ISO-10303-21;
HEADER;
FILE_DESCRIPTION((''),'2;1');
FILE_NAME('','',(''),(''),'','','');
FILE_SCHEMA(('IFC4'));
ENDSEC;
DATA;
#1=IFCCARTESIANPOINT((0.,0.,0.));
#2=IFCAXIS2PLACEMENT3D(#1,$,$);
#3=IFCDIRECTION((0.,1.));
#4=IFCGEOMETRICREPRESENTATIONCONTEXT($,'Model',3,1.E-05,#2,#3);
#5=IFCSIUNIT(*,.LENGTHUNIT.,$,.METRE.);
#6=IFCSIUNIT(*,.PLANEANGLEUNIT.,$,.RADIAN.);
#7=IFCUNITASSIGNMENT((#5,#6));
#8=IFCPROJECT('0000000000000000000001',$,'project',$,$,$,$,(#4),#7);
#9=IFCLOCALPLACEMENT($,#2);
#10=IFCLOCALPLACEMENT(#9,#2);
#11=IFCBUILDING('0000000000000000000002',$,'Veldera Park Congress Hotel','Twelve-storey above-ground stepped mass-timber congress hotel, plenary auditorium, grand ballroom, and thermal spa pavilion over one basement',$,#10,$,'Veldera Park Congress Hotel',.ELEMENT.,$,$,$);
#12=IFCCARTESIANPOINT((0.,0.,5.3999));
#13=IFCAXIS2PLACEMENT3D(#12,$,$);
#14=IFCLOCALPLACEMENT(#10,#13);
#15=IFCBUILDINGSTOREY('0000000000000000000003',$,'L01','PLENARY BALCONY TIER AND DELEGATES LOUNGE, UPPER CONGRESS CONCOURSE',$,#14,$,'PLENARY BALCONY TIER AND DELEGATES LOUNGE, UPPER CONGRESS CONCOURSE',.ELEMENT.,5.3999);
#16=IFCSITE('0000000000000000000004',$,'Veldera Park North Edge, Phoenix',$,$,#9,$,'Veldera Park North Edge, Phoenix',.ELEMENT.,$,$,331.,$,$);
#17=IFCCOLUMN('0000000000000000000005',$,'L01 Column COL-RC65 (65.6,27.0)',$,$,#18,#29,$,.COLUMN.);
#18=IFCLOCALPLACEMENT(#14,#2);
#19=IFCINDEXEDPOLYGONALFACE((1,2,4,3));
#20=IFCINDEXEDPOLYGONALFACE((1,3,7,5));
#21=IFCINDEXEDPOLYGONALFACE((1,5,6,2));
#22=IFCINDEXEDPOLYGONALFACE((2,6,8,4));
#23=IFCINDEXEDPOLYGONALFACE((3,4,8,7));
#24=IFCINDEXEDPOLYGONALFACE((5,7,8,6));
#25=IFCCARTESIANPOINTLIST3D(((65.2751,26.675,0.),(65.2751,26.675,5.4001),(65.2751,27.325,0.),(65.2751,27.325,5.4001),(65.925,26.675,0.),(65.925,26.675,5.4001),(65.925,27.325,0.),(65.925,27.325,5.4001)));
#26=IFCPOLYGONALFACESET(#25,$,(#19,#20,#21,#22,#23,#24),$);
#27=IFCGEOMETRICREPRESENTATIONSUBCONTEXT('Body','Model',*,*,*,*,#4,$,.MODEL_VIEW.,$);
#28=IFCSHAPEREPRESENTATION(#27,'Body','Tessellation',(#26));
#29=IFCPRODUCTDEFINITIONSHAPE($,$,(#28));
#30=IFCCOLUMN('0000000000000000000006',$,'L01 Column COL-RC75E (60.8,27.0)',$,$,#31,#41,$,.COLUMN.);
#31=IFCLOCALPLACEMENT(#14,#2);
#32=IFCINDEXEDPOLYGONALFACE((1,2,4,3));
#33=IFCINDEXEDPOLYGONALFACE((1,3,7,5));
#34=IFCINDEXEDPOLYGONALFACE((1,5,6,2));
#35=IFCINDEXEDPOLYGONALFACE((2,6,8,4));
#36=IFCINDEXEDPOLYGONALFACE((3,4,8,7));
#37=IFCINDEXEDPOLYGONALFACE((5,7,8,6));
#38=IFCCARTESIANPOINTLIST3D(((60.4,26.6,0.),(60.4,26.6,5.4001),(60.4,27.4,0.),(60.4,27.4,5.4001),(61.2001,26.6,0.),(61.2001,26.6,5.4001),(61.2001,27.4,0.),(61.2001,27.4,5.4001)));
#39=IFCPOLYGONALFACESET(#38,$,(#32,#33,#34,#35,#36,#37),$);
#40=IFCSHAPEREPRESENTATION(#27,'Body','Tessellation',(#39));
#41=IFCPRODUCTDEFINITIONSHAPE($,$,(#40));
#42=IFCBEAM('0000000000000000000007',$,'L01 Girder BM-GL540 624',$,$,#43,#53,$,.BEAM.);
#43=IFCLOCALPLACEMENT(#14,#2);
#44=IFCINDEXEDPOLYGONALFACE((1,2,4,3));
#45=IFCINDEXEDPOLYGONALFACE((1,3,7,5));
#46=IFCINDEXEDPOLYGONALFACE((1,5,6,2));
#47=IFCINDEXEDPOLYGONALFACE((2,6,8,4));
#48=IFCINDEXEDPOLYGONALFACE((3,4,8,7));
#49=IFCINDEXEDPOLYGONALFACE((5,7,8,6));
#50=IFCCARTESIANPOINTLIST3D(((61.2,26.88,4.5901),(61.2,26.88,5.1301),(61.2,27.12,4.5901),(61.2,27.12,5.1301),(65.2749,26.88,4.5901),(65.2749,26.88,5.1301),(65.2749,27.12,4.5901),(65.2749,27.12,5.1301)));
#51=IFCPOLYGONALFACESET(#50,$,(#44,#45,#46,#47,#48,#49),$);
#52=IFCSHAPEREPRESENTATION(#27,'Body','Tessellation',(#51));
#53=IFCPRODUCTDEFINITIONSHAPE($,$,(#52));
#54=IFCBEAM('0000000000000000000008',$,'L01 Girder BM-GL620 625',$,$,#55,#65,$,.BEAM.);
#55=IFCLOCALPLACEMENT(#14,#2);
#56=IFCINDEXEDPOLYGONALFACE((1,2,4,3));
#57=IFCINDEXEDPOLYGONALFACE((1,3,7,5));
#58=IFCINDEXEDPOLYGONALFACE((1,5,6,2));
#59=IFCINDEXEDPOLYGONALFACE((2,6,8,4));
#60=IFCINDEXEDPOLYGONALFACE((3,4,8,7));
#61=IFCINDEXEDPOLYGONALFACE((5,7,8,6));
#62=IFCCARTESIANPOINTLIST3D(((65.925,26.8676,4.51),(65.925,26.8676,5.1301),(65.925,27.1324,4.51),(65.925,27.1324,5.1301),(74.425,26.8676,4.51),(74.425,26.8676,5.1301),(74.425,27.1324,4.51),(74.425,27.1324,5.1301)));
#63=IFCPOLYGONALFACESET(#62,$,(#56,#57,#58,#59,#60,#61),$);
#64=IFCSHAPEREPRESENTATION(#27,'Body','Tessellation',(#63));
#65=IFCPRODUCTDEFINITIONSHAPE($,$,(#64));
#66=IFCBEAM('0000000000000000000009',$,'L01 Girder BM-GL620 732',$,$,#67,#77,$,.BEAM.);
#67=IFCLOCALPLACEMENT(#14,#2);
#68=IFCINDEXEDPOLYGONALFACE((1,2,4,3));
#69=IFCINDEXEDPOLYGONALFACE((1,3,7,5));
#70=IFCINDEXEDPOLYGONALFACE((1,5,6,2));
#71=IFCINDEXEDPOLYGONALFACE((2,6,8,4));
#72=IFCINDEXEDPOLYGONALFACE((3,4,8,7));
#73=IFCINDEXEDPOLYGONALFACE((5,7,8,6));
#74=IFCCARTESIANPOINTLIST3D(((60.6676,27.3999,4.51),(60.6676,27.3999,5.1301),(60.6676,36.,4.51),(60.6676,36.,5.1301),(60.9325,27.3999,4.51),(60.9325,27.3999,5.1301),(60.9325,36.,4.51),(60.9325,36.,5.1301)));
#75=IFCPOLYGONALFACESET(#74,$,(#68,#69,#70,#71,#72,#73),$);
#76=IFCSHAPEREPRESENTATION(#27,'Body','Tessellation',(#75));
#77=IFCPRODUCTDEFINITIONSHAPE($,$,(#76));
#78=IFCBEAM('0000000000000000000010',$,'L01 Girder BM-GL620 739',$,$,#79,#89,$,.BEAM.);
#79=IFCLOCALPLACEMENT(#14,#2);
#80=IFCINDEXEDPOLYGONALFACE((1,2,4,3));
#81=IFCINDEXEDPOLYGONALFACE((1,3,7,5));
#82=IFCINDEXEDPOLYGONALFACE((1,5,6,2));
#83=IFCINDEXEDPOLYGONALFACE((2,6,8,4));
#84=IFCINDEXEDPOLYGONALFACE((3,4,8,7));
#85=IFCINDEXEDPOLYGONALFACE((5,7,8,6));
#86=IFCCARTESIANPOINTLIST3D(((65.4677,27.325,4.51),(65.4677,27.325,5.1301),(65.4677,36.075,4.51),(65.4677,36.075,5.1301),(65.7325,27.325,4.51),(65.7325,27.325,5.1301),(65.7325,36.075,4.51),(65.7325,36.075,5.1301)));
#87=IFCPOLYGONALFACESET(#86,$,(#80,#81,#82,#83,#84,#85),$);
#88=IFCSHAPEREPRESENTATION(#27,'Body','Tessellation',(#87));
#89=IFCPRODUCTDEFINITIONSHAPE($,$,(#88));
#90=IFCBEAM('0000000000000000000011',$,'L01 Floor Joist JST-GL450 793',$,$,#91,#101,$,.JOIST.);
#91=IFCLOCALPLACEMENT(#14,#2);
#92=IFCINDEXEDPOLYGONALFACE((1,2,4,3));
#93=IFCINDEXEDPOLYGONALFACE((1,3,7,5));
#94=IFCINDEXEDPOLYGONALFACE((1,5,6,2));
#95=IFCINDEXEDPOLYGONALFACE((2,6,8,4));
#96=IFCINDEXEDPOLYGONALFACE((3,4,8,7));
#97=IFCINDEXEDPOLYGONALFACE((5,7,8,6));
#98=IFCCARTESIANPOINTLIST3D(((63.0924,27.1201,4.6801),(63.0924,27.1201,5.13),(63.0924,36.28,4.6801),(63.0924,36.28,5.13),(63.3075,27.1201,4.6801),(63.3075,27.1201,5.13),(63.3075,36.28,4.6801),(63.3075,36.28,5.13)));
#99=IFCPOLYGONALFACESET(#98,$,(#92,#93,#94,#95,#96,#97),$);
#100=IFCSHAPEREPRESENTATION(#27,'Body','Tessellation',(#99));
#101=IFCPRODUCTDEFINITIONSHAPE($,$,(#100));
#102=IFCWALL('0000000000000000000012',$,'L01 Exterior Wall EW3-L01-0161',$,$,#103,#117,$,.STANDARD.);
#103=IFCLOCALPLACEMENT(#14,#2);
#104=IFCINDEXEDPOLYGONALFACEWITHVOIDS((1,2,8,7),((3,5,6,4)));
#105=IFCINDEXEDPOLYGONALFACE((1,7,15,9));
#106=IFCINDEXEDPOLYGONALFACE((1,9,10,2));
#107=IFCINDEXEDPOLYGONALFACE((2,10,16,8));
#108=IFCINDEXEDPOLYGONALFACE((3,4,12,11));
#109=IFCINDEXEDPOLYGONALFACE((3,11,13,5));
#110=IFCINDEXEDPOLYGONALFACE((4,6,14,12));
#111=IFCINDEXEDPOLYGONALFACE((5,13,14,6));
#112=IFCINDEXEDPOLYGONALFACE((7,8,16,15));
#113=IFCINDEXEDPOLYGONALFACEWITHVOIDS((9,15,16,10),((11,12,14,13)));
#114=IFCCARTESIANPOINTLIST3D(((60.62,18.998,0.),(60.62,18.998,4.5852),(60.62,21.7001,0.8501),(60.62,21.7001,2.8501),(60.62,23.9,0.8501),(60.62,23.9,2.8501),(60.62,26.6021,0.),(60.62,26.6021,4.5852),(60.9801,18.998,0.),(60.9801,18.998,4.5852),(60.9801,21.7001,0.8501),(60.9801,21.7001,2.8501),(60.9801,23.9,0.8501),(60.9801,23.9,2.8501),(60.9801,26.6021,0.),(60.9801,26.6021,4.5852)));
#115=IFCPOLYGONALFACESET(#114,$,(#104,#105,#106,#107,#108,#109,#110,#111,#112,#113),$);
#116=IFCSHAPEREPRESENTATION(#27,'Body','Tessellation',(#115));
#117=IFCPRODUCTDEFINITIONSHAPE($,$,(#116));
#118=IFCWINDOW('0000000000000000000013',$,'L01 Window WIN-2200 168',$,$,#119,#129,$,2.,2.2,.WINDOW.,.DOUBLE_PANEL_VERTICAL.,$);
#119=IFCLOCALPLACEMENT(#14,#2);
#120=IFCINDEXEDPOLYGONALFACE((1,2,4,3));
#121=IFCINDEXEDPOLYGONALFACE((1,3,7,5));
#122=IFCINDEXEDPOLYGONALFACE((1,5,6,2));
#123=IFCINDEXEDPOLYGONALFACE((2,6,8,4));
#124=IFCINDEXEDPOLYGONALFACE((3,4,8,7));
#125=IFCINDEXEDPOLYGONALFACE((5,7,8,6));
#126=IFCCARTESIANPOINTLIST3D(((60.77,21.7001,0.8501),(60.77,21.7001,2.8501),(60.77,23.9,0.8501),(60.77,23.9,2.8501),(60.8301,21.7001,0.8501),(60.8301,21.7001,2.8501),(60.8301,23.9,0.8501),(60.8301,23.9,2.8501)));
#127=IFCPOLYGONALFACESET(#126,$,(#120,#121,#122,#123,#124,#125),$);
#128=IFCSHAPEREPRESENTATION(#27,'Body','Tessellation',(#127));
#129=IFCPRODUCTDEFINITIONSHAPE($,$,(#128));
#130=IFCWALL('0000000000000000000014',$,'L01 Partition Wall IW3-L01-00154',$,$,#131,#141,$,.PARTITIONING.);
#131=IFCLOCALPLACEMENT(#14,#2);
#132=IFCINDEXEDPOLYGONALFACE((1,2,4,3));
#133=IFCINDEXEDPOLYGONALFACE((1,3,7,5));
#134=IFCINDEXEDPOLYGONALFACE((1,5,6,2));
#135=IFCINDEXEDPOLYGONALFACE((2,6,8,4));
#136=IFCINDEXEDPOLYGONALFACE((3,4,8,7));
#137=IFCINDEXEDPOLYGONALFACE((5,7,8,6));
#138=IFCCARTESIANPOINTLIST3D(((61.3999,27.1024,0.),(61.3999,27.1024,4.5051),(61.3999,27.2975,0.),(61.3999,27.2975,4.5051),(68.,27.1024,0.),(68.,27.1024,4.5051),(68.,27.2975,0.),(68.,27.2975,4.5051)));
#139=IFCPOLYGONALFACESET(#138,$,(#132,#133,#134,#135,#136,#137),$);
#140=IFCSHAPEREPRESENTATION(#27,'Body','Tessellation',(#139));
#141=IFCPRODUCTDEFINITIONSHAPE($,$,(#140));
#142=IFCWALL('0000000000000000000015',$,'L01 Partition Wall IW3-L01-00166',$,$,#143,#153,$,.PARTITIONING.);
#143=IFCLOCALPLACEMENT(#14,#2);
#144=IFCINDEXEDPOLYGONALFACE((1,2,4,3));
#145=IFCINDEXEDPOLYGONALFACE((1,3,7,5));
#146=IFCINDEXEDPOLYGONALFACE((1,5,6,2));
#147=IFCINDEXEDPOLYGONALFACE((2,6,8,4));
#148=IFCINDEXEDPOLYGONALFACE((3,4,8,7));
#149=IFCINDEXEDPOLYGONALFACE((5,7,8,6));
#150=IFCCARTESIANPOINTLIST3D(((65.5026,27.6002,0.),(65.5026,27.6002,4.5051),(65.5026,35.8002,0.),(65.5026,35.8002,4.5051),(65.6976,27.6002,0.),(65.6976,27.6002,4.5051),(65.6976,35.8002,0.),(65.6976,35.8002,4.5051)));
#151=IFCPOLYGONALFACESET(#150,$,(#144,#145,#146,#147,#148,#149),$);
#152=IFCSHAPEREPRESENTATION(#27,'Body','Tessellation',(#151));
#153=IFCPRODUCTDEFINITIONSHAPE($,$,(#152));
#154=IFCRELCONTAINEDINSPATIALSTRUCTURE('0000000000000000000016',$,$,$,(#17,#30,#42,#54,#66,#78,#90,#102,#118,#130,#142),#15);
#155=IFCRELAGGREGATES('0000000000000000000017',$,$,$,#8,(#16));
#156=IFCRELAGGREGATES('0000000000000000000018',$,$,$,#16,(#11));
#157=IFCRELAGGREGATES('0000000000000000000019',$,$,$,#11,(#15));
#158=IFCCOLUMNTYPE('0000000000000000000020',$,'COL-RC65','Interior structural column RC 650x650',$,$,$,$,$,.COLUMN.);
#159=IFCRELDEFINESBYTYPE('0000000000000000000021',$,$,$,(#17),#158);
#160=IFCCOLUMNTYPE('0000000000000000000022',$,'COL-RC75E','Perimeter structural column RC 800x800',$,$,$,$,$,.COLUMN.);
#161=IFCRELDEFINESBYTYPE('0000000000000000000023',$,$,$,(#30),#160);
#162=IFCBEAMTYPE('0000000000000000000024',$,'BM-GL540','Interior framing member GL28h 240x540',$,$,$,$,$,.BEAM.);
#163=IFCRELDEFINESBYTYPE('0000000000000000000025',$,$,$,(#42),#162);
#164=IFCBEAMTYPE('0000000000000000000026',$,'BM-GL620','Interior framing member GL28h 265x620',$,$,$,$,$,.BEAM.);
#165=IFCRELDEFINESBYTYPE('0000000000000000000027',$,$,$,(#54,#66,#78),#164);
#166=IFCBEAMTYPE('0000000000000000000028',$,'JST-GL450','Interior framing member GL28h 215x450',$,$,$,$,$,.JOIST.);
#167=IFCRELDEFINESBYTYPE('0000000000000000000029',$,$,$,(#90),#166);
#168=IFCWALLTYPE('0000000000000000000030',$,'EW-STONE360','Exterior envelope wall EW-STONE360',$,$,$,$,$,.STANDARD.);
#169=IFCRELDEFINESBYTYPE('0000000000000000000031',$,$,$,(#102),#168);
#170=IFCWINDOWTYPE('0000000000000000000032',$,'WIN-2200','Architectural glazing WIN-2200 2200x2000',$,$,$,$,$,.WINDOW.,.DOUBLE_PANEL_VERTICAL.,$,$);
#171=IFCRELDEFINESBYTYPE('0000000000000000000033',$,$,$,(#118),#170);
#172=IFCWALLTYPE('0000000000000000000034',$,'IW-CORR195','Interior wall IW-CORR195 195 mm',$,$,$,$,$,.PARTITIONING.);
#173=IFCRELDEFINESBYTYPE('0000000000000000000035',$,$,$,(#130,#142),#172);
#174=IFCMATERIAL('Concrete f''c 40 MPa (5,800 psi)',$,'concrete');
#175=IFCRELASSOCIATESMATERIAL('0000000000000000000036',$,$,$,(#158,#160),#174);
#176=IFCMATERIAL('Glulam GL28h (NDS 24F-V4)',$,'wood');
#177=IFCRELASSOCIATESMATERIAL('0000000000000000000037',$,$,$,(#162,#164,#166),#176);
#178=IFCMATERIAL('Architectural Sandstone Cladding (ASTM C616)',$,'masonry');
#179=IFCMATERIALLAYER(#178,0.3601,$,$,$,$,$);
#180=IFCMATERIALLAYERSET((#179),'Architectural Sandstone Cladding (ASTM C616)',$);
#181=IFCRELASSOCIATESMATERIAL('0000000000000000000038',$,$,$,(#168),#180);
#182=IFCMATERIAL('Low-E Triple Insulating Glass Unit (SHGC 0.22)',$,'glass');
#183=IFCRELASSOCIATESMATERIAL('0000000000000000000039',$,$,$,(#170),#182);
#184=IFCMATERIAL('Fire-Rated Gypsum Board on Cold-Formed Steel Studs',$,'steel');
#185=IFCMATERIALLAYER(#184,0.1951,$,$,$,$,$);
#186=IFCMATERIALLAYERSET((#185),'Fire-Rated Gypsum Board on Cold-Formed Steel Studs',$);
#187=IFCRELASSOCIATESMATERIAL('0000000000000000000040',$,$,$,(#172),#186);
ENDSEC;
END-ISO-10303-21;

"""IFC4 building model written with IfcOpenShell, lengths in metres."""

from ifc_helpers import new_model, si_unit, direction, frame, frame_2d, origin, origin_2d, place, context, subcontext, project, spatial, rectangle, extrude, material, layer, layer_set, material_profile, profile_set, type_object, element, fill, save


model = new_model("IFC4")

# Units and contexts
model_context = context("Model", 3, precision=1e-05, world=origin(), true_north=direction((0.0, 1.0)))
body_context = subcontext(model_context, "Body", "Model", "MODEL_VIEW")
ifc_project = project(units=[si_unit("LENGTHUNIT", "METRE"), si_unit("PLANEANGLEUNIT", "RADIAN")], contexts=[model_context])

# Site, building, storey
site_placement = place(None, origin())
site = spatial("IfcSite", under=ifc_project, at=site_placement, Name="Veldera Park North Edge, Phoenix", LongName="Veldera Park North Edge, Phoenix", CompositionType="ELEMENT", RefElevation=331.0)
building_placement = place(site_placement, origin())
building = spatial("IfcBuilding", under=site, at=building_placement, Name="Veldera Park Congress Hotel", Description="Twelve-storey above-ground stepped mass-timber congress hotel, plenary auditorium, grand ballroom, and thermal spa pavilion over one basement", LongName="Veldera Park Congress Hotel", CompositionType="ELEMENT")
storey_placement = place(building_placement, frame((0.0, 0.0, 5.3999)))
storey = spatial("IfcBuildingStorey", under=building, at=storey_placement, Name="L01", Description="PLENARY BALCONY TIER AND DELEGATES LOUNGE, UPPER CONGRESS CONCOURSE", LongName="PLENARY BALCONY TIER AND DELEGATES LOUNGE, UPPER CONGRESS CONCOURSE", CompositionType="ELEMENT", Elevation=5.3999)

# Columns
ifc_material_1 = material(Name="Concrete f'c 40 MPa (5,800 psi)", Category="concrete")
ifc_material_profile_1 = material_profile(ifc_material_1, rectangle(XDim=0.6499, YDim=0.6499, at=origin_2d()), Name="RC 650x650")
ifc_profile_set_1 = profile_set([ifc_material_profile_1], Name="Concrete f'c 40 MPa (5,800 psi)")
column_type_1 = type_object("IfcColumnType", Name="COL-RC65", Description="Interior structural column RC 650x650", PredefinedType="COLUMN", material=ifc_profile_set_1)
column_1_placement = place(storey_placement, frame((65.6001, 27.0, 0.0), z_axis=(0.0, 0.0, 1.0), x_axis=(1.0, 0.0, 0.0)))
element("IfcColumn", 1, at=column_1_placement, inside=storey, type_object=column_type_1, Name="L01 Column COL-RC65 (65.6,27.0)", PredefinedType="COLUMN", context=body_context, shape_type="SweptSolid", body=[
    extrude(rectangle(XDim=0.6499, YDim=0.6499, at=origin_2d()), origin(), (0.0, 0.0, 1.0), 5.4001),
])
ifc_material_profile_2 = material_profile(ifc_material_1, rectangle(XDim=0.8, YDim=0.8, at=origin_2d()), Name="RC 800x800")
ifc_profile_set_2 = profile_set([ifc_material_profile_2], Name="Concrete f'c 40 MPa (5,800 psi)")
column_type_2 = type_object("IfcColumnType", Name="COL-RC75E", Description="Perimeter structural column RC 800x800", PredefinedType="COLUMN", material=ifc_profile_set_2)
column_2_placement = place(storey_placement, frame((60.8, 27.0, 0.0), z_axis=(0.0, 0.0, 1.0), x_axis=(1.0, 0.0, 0.0)))
element("IfcColumn", 2, at=column_2_placement, inside=storey, type_object=column_type_2, Name="L01 Column COL-RC75E (60.8,27.0)", PredefinedType="COLUMN", context=body_context, shape_type="SweptSolid", body=[
    extrude(rectangle(XDim=0.8, YDim=0.8, at=origin_2d()), origin(), (0.0, 0.0, 1.0), 5.4001),
])

# Beams
ifc_material_2 = material(Name="Glulam GL28h (NDS 24F-V4)", Category="wood")
ifc_material_profile_3 = material_profile(ifc_material_2, rectangle(XDim=0.24, YDim=0.54, at=origin_2d()), Name="GL28h 240x540")
ifc_profile_set_3 = profile_set([ifc_material_profile_3], Name="Glulam GL28h (NDS 24F-V4)")
beam_type_1 = type_object("IfcBeamType", Name="BM-GL540", Description="Interior framing member GL28h 240x540", PredefinedType="BEAM", material=ifc_profile_set_3)
beam_1_placement = place(storey_placement, frame((61.2, 27.0, 4.8601), z_axis=(1.0, 0.0, 0.0), x_axis=(0.0, 1.0, 0.0)))
element("IfcBeam", 3, at=beam_1_placement, inside=storey, type_object=beam_type_1, Name="L01 Girder BM-GL540 624", PredefinedType="BEAM", context=body_context, shape_type="SweptSolid", body=[
    extrude(rectangle(XDim=0.24, YDim=0.54, at=origin_2d()), origin(), (0.0, 0.0, 1.0), 4.075),
])
ifc_material_profile_4 = material_profile(ifc_material_2, rectangle(XDim=0.2649, YDim=0.6201, at=origin_2d()), Name="GL28h 265x620")
ifc_profile_set_4 = profile_set([ifc_material_profile_4], Name="Glulam GL28h (NDS 24F-V4)")
beam_type_2 = type_object("IfcBeamType", Name="BM-GL620", Description="Interior framing member GL28h 265x620", PredefinedType="BEAM", material=ifc_profile_set_4)
beam_2_placement = place(storey_placement, frame((65.925, 27.0, 4.8201), z_axis=(1.0, 0.0, 0.0), x_axis=(0.0, 1.0, 0.0)))
element("IfcBeam", 4, at=beam_2_placement, inside=storey, type_object=beam_type_2, Name="L01 Girder BM-GL620 625", PredefinedType="BEAM", context=body_context, shape_type="SweptSolid", body=[
    extrude(rectangle(XDim=0.2649, YDim=0.6201, at=origin_2d()), origin(), (0.0, 0.0, 1.0), 8.5),
])
beam_3_placement = place(storey_placement, frame((60.8, 27.3999, 4.8201), z_axis=(0.0, 1.0, 0.0), x_axis=(-1.0, 0.0, 0.0)))
element("IfcBeam", 5, at=beam_3_placement, inside=storey, type_object=beam_type_2, Name="L01 Girder BM-GL620 732", PredefinedType="BEAM", context=body_context, shape_type="SweptSolid", body=[
    extrude(rectangle(XDim=0.2649, YDim=0.6201, at=origin_2d()), origin(), (0.0, 0.0, 1.0), 8.6001),
])
beam_4_placement = place(storey_placement, frame((65.6001, 27.325, 4.8201), z_axis=(0.0, 1.0, 0.0), x_axis=(-1.0, 0.0, 0.0)))
element("IfcBeam", 6, at=beam_4_placement, inside=storey, type_object=beam_type_2, Name="L01 Girder BM-GL620 739", PredefinedType="BEAM", context=body_context, shape_type="SweptSolid", body=[
    extrude(rectangle(XDim=0.2649, YDim=0.6201, at=origin_2d()), origin(), (0.0, 0.0, 1.0), 8.75),
])
ifc_material_profile_5 = material_profile(ifc_material_2, rectangle(XDim=0.2151, YDim=0.45, at=origin_2d()), Name="GL28h 215x450")
ifc_profile_set_5 = profile_set([ifc_material_profile_5], Name="Glulam GL28h (NDS 24F-V4)")
beam_type_3 = type_object("IfcBeamType", Name="JST-GL450", Description="Interior framing member GL28h 215x450", PredefinedType="JOIST", material=ifc_profile_set_5)
beam_5_placement = place(storey_placement, frame((63.2, 27.1201, 4.905), z_axis=(0.0, 1.0, 0.0), x_axis=(-1.0, 0.0, 0.0)))
element("IfcBeam", 7, at=beam_5_placement, inside=storey, type_object=beam_type_3, Name="L01 Floor Joist JST-GL450 793", PredefinedType="JOIST", context=body_context, shape_type="SweptSolid", body=[
    extrude(rectangle(XDim=0.2151, YDim=0.45, at=origin_2d()), origin(), (0.0, 0.0, 1.0), 9.1599),
])

# Wall, opening, window
ifc_material_3 = material(Name="Architectural Sandstone Cladding (ASTM C616)", Category="masonry")
ifc_layer_1 = layer(ifc_material_3, 0.3601)
ifc_layer_set_1 = layer_set([ifc_layer_1], Name="Architectural Sandstone Cladding (ASTM C616)")
wall_type_1 = type_object("IfcWallType", Name="EW-STONE360", Description="Exterior envelope wall EW-STONE360", PredefinedType="STANDARD", material=ifc_layer_set_1)
wall_1_placement = place(storey_placement, frame((60.8, 26.6021, 0.0), z_axis=(0.0, 0.0, 1.0), x_axis=(0.0, -1.0, 0.0)))
wall_1 = element("IfcWall", 8, at=wall_1_placement, inside=storey, type_object=wall_type_1, Name="L01 Exterior Wall EW3-L01-0161", PredefinedType="STANDARD", context=body_context, shape_type="SweptSolid", body=[
    extrude(rectangle(XDim=7.604, YDim=0.3601, at=frame_2d((3.802, 0.0))), origin(), (0.0, 0.0, 1.0), 4.5852),
])
opening_1_placement = place(wall_1_placement, frame((2.7019, 0.0, 0.8501)))
opening_1 = element("IfcOpeningElement", 9, at=opening_1_placement, cuts=wall_1, PredefinedType="OPENING", context=body_context, shape_type="SweptSolid", body=[
    extrude(rectangle(XDim=2.2, YDim=2.0, at=frame_2d((1.1001, 1.0))), frame((0.0, 0.1921, 0.0), z_axis=(0.0, -1.0, 0.0), x_axis=(1.0, 0.0, 0.0)), (0.0, 0.0, 1.0), 0.384),
])
ifc_material_4 = material(Name="Low-E Triple Insulating Glass Unit (SHGC 0.22)", Category="glass")
window_type = type_object("IfcWindowType", Name="WIN-2200", Description="Architectural glazing WIN-2200 2200x2000", PartitioningType="DOUBLE_PANEL_VERTICAL", PredefinedType="WINDOW", material=ifc_material_4)
window_placement = place(opening_1_placement, origin())
window = element("IfcWindow", 10, at=window_placement, inside=storey, type_object=window_type, Name="L01 Window WIN-2200 168", OverallHeight=2.0, OverallWidth=2.2, PartitioningType="DOUBLE_PANEL_VERTICAL", PredefinedType="WINDOW", context=body_context, shape_type="SweptSolid", body=[
    extrude(rectangle(XDim=2.2, YDim=2.0, at=frame_2d((1.1001, 1.0))), frame((0.0, 0.03, 0.0), z_axis=(0.0, -1.0, 0.0), x_axis=(1.0, 0.0, 0.0)), (0.0, 0.0, 1.0), 0.0601),
])
fill(opening_1, window)

# Walls
ifc_material_5 = material(Name="Fire-Rated Gypsum Board on Cold-Formed Steel Studs", Category="steel")
ifc_layer_2 = layer(ifc_material_5, 0.1951)
ifc_layer_set_2 = layer_set([ifc_layer_2], Name="Fire-Rated Gypsum Board on Cold-Formed Steel Studs")
wall_type_2 = type_object("IfcWallType", Name="IW-CORR195", Description="Interior wall IW-CORR195 195 mm", PredefinedType="PARTITIONING", material=ifc_layer_set_2)
wall_2_placement = place(storey_placement, frame((68.0, 27.2, 0.0), z_axis=(0.0, 0.0, 1.0), x_axis=(-1.0, 0.0, 0.0)))
element("IfcWall", 11, at=wall_2_placement, inside=storey, type_object=wall_type_2, Name="L01 Partition Wall IW3-L01-00154", PredefinedType="PARTITIONING", context=body_context, shape_type="SweptSolid", body=[
    extrude(rectangle(XDim=6.6001, YDim=0.1951, at=frame_2d((3.3, 0.0))), origin(), (0.0, 0.0, 1.0), 4.5051),
])
wall_3_placement = place(storey_placement, frame((65.6001, 27.6001, 0.0), z_axis=(0.0, 0.0, 1.0), x_axis=(0.0, 1.0, 0.0)))
element("IfcWall", 12, at=wall_3_placement, inside=storey, type_object=wall_type_2, Name="L01 Partition Wall IW3-L01-00166", PredefinedType="PARTITIONING", context=body_context, shape_type="SweptSolid", body=[
    extrude(rectangle(XDim=8.2, YDim=0.1951, at=frame_2d((4.1001, 0.0))), origin(), (0.0, 0.0, 1.0), 4.5051),
])

save(model, "model.ifc")
